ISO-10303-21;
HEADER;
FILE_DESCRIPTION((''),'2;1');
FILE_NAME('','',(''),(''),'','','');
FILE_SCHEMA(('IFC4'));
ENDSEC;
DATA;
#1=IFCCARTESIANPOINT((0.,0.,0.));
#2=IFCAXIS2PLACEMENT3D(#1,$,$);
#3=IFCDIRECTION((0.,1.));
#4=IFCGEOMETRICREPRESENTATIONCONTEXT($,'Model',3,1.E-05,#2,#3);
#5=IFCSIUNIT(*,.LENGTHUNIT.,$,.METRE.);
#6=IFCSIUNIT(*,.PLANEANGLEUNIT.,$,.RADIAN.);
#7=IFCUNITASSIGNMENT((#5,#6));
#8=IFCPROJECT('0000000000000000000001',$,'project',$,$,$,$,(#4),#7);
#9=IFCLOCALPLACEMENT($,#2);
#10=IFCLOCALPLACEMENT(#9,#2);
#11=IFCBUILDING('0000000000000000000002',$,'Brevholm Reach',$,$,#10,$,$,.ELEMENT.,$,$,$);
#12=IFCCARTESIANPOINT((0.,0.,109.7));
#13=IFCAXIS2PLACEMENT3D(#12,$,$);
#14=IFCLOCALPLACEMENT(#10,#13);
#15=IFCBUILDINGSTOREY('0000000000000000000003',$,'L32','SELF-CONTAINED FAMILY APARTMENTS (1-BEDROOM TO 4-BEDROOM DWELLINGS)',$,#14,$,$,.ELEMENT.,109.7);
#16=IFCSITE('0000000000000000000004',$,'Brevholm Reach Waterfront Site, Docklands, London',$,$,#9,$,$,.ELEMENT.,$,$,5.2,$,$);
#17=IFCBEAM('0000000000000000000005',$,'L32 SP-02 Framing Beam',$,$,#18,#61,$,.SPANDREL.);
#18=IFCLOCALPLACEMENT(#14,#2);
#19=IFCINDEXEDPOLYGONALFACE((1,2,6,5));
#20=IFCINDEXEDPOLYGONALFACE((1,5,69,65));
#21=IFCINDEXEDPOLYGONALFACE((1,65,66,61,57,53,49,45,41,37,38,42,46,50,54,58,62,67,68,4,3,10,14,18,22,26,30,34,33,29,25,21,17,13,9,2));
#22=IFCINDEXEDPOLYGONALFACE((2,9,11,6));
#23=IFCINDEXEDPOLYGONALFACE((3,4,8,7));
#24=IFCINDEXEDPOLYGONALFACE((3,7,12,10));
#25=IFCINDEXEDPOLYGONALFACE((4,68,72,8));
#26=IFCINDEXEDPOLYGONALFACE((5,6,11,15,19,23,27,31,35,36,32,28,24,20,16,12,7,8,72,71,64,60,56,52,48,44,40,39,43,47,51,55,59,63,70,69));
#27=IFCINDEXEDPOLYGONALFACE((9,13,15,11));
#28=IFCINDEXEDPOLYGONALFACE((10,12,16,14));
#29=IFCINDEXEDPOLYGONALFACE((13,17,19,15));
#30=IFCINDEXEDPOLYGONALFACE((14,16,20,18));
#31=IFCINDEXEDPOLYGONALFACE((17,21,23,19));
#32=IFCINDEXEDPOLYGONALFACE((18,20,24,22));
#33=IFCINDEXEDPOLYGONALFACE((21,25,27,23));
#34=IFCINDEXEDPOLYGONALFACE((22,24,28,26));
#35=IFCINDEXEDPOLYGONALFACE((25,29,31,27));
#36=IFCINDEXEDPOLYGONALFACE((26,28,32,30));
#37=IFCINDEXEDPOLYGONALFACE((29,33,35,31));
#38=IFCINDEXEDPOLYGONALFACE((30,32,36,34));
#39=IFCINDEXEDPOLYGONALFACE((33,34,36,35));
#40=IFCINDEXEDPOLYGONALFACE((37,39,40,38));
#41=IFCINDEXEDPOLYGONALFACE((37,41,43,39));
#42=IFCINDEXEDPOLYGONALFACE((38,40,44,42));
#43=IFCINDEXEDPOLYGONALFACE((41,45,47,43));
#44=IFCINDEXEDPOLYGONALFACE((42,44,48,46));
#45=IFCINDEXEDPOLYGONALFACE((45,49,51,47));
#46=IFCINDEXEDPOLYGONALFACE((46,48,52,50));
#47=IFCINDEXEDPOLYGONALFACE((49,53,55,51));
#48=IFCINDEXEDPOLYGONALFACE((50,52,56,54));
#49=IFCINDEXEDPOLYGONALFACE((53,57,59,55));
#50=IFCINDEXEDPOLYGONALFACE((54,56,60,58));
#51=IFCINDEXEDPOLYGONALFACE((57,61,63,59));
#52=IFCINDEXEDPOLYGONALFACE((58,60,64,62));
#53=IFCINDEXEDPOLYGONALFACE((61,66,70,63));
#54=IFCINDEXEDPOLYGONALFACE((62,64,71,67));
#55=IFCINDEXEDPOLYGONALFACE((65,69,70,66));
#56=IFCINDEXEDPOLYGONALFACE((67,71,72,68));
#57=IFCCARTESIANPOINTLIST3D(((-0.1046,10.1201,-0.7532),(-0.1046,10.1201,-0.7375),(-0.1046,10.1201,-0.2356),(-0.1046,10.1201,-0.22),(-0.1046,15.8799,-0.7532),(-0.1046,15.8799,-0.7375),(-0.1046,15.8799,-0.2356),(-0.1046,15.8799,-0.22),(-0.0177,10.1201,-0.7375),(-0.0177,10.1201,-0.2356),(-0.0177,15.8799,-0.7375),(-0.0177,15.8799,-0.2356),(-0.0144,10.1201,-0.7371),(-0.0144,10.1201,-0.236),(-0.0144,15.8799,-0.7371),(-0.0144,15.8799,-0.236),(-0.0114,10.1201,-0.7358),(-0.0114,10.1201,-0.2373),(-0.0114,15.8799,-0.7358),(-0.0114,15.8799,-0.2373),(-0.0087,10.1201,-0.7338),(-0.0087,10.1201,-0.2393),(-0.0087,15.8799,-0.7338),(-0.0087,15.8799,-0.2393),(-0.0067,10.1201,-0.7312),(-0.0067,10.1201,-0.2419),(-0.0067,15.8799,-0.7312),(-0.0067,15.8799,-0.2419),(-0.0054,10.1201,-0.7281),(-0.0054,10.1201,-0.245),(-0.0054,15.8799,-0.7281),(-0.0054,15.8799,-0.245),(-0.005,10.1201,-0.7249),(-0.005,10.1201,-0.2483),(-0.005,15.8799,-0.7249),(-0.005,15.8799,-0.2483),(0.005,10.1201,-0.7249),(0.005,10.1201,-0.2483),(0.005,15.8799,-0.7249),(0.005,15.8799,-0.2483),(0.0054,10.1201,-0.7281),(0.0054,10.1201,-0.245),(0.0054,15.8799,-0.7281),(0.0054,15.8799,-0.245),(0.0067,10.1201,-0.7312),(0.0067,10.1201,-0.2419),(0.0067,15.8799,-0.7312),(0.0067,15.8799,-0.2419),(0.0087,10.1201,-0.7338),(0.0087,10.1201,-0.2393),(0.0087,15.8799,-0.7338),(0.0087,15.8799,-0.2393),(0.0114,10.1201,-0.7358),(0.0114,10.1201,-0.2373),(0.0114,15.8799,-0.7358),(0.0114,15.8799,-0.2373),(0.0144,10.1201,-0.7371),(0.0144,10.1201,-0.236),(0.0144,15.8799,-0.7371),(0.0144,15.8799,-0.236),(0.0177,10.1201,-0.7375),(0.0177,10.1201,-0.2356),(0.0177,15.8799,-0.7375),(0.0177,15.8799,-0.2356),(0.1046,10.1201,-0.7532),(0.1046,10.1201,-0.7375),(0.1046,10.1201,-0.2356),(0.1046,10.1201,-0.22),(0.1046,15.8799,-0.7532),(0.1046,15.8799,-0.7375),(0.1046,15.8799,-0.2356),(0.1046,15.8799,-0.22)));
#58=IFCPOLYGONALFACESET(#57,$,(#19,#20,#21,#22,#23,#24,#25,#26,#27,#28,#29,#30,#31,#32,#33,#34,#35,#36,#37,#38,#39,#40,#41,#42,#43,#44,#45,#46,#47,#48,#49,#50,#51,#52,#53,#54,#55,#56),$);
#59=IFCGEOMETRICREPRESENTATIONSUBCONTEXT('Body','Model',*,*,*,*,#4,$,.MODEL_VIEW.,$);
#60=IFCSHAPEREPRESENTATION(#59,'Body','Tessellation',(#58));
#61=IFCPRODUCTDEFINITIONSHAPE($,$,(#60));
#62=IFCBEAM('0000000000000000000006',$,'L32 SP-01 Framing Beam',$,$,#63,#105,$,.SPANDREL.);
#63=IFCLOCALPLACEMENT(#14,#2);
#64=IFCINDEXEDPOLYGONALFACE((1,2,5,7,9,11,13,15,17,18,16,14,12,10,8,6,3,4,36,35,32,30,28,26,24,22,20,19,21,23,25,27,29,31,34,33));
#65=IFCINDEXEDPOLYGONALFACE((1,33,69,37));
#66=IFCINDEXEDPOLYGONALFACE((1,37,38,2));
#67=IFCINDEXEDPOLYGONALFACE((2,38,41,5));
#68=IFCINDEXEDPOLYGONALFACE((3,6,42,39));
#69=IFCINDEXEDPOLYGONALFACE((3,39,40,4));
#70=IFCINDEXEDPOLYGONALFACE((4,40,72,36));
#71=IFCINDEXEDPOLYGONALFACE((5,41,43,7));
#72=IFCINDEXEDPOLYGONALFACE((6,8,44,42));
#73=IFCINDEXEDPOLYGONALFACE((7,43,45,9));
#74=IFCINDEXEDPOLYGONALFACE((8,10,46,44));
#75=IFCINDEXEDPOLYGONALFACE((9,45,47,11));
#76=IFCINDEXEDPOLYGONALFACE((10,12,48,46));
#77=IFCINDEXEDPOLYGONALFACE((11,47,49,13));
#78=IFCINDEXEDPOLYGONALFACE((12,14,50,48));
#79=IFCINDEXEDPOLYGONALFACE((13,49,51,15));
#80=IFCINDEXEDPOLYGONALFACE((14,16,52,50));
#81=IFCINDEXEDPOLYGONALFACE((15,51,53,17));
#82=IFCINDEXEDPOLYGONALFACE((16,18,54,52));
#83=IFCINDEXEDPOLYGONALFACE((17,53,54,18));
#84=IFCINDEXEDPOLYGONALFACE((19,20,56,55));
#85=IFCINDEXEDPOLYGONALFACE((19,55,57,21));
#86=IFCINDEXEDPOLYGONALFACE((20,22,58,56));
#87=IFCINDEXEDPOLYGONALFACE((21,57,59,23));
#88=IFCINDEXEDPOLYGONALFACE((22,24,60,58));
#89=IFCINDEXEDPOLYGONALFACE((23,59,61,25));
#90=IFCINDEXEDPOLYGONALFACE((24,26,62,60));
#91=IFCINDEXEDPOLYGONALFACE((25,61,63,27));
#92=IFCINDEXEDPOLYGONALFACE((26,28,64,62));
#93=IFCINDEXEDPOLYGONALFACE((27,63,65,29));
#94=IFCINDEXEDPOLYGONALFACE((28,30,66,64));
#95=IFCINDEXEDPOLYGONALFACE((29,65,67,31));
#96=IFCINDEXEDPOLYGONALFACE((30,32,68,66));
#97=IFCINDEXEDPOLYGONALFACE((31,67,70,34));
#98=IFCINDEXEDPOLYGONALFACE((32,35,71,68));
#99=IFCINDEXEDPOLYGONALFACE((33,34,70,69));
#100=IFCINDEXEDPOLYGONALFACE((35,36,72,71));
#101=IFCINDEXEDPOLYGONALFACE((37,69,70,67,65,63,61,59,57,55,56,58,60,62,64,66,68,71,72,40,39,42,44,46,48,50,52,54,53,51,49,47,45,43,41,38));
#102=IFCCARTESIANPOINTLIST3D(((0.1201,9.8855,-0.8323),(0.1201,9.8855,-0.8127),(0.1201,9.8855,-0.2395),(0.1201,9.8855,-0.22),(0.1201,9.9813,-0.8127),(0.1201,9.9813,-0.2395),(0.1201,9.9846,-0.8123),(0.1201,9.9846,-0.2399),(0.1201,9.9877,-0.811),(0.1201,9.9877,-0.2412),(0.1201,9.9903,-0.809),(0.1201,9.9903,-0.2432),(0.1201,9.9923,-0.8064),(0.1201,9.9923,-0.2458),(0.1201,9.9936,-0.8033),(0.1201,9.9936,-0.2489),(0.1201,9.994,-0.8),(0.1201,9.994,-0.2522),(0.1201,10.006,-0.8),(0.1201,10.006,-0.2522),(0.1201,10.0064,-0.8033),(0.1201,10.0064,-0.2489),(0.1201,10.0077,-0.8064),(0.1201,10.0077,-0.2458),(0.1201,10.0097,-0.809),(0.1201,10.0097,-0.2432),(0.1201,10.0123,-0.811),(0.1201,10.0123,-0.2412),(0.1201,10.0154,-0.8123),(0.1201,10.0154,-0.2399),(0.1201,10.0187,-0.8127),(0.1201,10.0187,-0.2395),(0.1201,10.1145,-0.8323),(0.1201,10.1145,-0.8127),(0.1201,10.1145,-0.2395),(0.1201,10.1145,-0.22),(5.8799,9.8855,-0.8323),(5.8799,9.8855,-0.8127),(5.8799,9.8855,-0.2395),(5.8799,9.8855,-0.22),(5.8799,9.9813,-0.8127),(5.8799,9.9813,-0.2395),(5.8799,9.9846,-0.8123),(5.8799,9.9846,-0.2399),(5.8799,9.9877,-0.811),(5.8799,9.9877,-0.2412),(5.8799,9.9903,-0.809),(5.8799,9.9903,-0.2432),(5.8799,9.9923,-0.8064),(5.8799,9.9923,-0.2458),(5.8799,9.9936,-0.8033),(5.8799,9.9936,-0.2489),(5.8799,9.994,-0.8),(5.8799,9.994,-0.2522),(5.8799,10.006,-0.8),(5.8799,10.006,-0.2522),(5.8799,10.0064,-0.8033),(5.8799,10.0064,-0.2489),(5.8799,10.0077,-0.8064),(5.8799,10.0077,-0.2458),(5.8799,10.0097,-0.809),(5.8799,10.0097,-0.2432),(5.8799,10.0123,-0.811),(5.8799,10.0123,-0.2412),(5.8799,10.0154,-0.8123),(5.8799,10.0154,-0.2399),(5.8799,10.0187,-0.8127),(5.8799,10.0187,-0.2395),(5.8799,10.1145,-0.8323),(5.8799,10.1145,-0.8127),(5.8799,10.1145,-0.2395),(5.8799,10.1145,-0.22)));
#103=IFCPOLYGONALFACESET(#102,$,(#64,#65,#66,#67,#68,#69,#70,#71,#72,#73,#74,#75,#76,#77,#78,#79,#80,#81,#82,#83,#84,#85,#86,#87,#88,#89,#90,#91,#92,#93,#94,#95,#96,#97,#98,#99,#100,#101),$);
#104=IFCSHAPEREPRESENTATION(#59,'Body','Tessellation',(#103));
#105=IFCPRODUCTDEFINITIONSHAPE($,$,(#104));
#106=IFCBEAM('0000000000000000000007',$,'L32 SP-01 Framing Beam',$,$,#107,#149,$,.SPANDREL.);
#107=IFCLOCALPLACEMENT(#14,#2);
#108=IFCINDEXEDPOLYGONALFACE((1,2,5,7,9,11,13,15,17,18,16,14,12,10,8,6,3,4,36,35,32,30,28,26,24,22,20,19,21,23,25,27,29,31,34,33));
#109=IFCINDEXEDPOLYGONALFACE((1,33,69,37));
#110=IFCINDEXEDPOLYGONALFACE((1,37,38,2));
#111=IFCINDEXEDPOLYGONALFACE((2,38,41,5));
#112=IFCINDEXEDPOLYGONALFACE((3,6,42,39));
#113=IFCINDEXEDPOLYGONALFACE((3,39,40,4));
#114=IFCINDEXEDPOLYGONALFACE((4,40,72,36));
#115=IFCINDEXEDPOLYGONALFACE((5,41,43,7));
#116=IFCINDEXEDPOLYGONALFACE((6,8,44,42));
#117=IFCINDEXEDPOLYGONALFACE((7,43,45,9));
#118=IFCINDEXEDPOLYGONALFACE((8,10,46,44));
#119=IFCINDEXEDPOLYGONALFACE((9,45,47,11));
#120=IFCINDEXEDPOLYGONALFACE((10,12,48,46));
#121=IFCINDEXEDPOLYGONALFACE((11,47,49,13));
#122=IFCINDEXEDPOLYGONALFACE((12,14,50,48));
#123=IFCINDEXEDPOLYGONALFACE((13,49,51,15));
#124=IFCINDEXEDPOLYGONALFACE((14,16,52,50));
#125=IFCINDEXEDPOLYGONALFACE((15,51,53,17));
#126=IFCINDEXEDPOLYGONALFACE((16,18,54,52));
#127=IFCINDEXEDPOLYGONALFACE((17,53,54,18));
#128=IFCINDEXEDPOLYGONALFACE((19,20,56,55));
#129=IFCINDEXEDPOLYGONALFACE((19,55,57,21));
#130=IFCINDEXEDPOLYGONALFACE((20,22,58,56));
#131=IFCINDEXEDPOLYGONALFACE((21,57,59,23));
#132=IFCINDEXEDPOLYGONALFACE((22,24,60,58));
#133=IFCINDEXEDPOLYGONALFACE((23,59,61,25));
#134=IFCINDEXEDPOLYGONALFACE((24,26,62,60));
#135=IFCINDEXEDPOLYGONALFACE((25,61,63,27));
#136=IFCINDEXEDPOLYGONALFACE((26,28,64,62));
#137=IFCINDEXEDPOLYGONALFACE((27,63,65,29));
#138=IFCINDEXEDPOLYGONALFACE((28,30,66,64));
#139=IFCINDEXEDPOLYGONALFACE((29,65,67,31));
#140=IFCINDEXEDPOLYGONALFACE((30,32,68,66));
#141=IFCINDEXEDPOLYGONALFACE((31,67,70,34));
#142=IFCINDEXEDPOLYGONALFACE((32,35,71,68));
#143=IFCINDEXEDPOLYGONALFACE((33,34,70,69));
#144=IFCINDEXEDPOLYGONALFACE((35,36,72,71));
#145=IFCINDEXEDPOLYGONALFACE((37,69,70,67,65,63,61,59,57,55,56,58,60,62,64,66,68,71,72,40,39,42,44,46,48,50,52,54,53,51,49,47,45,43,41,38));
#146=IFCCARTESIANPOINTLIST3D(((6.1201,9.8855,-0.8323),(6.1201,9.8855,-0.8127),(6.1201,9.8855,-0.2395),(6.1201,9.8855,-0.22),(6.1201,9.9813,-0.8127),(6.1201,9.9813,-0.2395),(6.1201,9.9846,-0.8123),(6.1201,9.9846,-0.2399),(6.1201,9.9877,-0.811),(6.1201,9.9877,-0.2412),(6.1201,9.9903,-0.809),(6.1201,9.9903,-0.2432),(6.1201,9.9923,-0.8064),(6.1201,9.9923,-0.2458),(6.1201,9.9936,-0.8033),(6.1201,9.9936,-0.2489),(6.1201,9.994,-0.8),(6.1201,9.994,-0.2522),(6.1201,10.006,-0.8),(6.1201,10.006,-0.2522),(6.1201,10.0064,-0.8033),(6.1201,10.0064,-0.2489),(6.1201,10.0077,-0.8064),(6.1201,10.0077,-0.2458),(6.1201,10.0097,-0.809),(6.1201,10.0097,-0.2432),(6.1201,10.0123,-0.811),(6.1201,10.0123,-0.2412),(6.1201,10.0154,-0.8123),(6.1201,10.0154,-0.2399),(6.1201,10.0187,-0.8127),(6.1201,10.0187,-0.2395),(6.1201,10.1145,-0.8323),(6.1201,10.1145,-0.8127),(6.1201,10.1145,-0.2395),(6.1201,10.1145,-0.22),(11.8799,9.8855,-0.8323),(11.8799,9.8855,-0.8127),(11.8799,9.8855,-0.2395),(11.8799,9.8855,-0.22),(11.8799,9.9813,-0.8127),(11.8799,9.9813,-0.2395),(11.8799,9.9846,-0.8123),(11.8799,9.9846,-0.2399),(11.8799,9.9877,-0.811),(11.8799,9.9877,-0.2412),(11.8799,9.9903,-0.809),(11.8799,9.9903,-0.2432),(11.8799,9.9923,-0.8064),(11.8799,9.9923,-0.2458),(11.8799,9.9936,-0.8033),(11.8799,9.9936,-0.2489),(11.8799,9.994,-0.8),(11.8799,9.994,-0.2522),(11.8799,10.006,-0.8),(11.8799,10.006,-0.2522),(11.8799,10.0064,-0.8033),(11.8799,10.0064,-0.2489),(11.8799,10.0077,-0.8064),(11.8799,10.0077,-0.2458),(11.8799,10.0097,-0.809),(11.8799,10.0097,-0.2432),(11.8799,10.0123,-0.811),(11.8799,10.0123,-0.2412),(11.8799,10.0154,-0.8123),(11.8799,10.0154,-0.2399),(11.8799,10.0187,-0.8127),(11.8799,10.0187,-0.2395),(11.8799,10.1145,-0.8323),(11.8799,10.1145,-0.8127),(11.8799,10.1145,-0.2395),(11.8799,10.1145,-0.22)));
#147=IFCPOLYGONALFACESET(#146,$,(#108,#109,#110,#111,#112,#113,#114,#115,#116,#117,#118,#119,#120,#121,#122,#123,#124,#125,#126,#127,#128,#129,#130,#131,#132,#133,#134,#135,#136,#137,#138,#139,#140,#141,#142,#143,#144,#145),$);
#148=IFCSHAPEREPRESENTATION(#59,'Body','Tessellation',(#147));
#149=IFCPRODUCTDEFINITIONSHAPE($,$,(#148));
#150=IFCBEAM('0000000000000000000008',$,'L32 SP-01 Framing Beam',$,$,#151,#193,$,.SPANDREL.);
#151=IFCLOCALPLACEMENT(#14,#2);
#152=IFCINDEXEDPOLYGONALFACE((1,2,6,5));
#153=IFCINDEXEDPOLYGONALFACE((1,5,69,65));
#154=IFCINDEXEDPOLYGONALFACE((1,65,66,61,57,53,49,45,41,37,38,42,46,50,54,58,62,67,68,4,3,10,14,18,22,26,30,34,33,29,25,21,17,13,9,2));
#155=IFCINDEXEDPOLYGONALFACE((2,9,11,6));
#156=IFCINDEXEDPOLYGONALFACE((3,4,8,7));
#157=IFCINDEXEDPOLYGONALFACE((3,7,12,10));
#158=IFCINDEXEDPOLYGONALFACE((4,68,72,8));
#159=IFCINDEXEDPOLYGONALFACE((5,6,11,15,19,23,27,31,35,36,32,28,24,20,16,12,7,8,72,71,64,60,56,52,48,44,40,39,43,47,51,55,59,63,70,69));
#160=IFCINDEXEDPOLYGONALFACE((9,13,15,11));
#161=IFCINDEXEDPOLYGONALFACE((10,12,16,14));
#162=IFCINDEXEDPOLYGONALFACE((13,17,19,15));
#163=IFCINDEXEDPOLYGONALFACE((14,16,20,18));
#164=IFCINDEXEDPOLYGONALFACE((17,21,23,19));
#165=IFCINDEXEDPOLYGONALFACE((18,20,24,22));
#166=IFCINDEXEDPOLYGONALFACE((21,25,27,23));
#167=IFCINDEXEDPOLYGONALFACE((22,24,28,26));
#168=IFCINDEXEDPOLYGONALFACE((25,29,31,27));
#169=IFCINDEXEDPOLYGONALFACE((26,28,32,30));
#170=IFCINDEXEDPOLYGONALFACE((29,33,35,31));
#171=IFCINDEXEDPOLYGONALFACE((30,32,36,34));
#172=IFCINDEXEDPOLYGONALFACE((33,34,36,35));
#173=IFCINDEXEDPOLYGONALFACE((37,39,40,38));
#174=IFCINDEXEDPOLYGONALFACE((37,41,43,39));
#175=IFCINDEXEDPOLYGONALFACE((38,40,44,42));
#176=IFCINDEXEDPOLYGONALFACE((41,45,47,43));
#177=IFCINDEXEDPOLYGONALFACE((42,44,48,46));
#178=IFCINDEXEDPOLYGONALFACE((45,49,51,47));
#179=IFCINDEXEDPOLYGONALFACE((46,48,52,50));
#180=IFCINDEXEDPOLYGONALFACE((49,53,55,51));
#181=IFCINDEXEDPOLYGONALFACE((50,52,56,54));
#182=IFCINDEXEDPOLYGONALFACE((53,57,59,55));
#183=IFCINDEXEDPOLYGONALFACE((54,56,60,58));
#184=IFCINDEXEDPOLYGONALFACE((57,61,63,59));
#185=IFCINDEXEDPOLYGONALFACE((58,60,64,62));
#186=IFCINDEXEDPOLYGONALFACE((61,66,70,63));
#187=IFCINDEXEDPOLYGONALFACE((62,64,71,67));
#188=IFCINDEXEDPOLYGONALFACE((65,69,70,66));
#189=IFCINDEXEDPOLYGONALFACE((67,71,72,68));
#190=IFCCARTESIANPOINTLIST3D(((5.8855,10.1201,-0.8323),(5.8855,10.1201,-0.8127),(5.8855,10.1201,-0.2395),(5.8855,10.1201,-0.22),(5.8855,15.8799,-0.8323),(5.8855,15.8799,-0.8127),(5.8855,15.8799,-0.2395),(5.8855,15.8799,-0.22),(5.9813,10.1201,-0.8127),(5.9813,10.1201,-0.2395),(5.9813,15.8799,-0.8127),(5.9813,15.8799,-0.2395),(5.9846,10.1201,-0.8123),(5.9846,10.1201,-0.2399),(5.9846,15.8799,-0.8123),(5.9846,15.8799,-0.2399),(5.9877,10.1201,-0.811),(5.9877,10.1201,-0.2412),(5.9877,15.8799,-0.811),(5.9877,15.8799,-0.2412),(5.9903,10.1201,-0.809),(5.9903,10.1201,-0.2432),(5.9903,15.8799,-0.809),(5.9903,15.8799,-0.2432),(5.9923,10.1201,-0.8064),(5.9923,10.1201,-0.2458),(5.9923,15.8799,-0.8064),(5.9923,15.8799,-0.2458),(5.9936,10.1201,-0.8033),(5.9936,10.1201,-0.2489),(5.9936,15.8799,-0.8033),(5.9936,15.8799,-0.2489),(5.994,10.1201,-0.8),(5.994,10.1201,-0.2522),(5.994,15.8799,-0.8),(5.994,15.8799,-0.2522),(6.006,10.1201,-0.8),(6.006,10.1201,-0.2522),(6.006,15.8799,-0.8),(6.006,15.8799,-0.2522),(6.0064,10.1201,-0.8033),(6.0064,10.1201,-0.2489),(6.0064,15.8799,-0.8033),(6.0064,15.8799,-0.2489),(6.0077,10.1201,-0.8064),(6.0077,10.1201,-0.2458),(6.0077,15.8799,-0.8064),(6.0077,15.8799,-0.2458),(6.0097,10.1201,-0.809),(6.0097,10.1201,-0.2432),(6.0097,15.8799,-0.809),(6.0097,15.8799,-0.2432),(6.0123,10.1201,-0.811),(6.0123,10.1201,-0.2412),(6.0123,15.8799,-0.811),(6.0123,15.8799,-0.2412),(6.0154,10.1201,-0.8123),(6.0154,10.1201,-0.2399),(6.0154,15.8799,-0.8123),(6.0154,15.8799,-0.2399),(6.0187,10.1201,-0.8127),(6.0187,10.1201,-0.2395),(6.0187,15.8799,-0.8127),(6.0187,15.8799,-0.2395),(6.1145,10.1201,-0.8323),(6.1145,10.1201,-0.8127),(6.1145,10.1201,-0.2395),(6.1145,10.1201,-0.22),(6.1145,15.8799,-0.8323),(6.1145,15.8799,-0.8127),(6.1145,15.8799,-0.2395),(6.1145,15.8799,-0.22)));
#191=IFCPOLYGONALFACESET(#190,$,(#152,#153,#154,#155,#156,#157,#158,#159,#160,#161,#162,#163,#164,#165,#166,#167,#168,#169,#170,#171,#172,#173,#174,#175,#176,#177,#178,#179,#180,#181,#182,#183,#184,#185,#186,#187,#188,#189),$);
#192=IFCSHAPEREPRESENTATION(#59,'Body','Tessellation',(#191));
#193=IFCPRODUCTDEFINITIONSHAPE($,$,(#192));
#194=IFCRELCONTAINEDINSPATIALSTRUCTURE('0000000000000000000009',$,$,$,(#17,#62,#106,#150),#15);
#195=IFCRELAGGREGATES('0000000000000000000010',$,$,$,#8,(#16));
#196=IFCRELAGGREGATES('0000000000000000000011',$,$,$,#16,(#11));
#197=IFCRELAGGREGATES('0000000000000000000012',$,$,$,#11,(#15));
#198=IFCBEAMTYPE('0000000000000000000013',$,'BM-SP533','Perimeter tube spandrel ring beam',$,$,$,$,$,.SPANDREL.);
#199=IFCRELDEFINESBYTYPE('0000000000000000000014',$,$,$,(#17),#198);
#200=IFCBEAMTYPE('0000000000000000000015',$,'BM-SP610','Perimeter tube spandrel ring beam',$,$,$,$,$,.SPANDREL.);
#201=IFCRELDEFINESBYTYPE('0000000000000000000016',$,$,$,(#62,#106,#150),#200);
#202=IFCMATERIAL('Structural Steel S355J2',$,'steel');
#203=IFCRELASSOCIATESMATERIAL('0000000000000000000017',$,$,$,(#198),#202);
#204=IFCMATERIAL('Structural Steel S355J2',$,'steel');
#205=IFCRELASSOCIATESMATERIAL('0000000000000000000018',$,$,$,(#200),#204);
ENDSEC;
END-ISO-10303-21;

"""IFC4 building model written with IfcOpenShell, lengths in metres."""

from ifc_helpers import new_model, si_unit, direction, frame, origin, origin_2d, place, context, subcontext, project, spatial, i_section, extrude, material, material_profile, profile_set, type_object, element, save


model = new_model("IFC4")

# Units and contexts
model_context = context("Model", 3, precision=1e-05, world=origin(), true_north=direction((0.0, 1.0)))
body_context = subcontext(model_context, "Body", "Model", "MODEL_VIEW")
ifc_project = project(units=[si_unit("LENGTHUNIT", "METRE"), si_unit("PLANEANGLEUNIT", "RADIAN")], contexts=[model_context])

# Site, building, storey
site_placement = place(None, origin())
site = spatial("IfcSite", under=ifc_project, at=site_placement, Name="Brevholm Reach Waterfront Site, Docklands, London", CompositionType="ELEMENT", RefElevation=5.2)
building_placement = place(site_placement, origin())
building = spatial("IfcBuilding", under=site, at=building_placement, Name="Brevholm Reach", CompositionType="ELEMENT")
storey_placement = place(building_placement, frame((0.0, 0.0, 109.7)))
storey = spatial("IfcBuildingStorey", under=building, at=storey_placement, Name="L32", Description="SELF-CONTAINED FAMILY APARTMENTS (1-BEDROOM TO 4-BEDROOM DWELLINGS)", CompositionType="ELEMENT", Elevation=109.7)

# Beams
ifc_material_1 = material(Name="Structural Steel S355J2", Category="steel")
ifc_material_profile_1 = material_profile(ifc_material_1, i_section(OverallWidth=0.2092, OverallDepth=0.5332, WebThickness=0.01, FlangeThickness=0.0156, FilletRadius=0.0127, at=origin_2d()), Name="UKB 533x210x92")
ifc_profile_set_1 = profile_set([ifc_material_profile_1], Name="Structural Steel S355J2")
beam_type_1 = type_object("IfcBeamType", Name="BM-SP533", Description="Perimeter tube spandrel ring beam", PredefinedType="SPANDREL", material=ifc_profile_set_1)
beam_placement = place(storey_placement, frame((0.0, 10.1201, -0.4866), z_axis=(0.0, 1.0, 0.0), x_axis=(-1.0, 0.0, 0.0)))
element("IfcBeam", 1, at=beam_placement, inside=storey, type_object=beam_type_1, Name="L32 SP-02 Framing Beam", PredefinedType="SPANDREL", context=body_context, shape_type="SweptSolid", body=[
    extrude(i_section(OverallWidth=0.2092, OverallDepth=0.5332, WebThickness=0.01, FlangeThickness=0.0156, FilletRadius=0.0127, at=origin_2d()), origin(), (0.0, 0.0, 1.0), 5.7598),
])
ifc_material_2 = material(Name="Structural Steel S355J2", Category="steel")
ifc_material_profile_2 = material_profile(ifc_material_2, i_section(OverallWidth=0.229, OverallDepth=0.6123, WebThickness=0.012, FlangeThickness=0.0195, FilletRadius=0.0127, at=origin_2d()), Name="UKB 610x229x125")
ifc_profile_set_2 = profile_set([ifc_material_profile_2], Name="Structural Steel S355J2")
beam_type_2 = type_object("IfcBeamType", Name="BM-SP610", Description="Perimeter tube spandrel ring beam", PredefinedType="SPANDREL", material=ifc_profile_set_2)
for number, where, z_axis, x_axis, name in (
    (2, (0.1201, 10.0, -0.5261), (1.0, 0.0, 0.0), (0.0, 1.0, 0.0), "L32 SP-01 Framing Beam"),
    (3, (6.1201, 10.0, -0.5261), (1.0, 0.0, 0.0), (0.0, 1.0, 0.0), "L32 SP-01 Framing Beam"),
    (4, (6.0, 10.1201, -0.5261), (0.0, 1.0, 0.0), (-1.0, 0.0, 0.0), "L32 SP-01 Framing Beam"),
):
    element("IfcBeam", number, at=place(storey_placement, frame(where, z_axis=z_axis, x_axis=x_axis)), inside=storey, type_object=beam_type_2, Name=name, PredefinedType="SPANDREL", context=body_context, shape_type="SweptSolid", body=[
        extrude(i_section(OverallWidth=0.229, OverallDepth=0.6123, WebThickness=0.012, FlangeThickness=0.0195, FilletRadius=0.0127, at=origin_2d()), origin(), (0.0, 0.0, 1.0), 5.7598),
    ])

save(model, "model.ifc")
